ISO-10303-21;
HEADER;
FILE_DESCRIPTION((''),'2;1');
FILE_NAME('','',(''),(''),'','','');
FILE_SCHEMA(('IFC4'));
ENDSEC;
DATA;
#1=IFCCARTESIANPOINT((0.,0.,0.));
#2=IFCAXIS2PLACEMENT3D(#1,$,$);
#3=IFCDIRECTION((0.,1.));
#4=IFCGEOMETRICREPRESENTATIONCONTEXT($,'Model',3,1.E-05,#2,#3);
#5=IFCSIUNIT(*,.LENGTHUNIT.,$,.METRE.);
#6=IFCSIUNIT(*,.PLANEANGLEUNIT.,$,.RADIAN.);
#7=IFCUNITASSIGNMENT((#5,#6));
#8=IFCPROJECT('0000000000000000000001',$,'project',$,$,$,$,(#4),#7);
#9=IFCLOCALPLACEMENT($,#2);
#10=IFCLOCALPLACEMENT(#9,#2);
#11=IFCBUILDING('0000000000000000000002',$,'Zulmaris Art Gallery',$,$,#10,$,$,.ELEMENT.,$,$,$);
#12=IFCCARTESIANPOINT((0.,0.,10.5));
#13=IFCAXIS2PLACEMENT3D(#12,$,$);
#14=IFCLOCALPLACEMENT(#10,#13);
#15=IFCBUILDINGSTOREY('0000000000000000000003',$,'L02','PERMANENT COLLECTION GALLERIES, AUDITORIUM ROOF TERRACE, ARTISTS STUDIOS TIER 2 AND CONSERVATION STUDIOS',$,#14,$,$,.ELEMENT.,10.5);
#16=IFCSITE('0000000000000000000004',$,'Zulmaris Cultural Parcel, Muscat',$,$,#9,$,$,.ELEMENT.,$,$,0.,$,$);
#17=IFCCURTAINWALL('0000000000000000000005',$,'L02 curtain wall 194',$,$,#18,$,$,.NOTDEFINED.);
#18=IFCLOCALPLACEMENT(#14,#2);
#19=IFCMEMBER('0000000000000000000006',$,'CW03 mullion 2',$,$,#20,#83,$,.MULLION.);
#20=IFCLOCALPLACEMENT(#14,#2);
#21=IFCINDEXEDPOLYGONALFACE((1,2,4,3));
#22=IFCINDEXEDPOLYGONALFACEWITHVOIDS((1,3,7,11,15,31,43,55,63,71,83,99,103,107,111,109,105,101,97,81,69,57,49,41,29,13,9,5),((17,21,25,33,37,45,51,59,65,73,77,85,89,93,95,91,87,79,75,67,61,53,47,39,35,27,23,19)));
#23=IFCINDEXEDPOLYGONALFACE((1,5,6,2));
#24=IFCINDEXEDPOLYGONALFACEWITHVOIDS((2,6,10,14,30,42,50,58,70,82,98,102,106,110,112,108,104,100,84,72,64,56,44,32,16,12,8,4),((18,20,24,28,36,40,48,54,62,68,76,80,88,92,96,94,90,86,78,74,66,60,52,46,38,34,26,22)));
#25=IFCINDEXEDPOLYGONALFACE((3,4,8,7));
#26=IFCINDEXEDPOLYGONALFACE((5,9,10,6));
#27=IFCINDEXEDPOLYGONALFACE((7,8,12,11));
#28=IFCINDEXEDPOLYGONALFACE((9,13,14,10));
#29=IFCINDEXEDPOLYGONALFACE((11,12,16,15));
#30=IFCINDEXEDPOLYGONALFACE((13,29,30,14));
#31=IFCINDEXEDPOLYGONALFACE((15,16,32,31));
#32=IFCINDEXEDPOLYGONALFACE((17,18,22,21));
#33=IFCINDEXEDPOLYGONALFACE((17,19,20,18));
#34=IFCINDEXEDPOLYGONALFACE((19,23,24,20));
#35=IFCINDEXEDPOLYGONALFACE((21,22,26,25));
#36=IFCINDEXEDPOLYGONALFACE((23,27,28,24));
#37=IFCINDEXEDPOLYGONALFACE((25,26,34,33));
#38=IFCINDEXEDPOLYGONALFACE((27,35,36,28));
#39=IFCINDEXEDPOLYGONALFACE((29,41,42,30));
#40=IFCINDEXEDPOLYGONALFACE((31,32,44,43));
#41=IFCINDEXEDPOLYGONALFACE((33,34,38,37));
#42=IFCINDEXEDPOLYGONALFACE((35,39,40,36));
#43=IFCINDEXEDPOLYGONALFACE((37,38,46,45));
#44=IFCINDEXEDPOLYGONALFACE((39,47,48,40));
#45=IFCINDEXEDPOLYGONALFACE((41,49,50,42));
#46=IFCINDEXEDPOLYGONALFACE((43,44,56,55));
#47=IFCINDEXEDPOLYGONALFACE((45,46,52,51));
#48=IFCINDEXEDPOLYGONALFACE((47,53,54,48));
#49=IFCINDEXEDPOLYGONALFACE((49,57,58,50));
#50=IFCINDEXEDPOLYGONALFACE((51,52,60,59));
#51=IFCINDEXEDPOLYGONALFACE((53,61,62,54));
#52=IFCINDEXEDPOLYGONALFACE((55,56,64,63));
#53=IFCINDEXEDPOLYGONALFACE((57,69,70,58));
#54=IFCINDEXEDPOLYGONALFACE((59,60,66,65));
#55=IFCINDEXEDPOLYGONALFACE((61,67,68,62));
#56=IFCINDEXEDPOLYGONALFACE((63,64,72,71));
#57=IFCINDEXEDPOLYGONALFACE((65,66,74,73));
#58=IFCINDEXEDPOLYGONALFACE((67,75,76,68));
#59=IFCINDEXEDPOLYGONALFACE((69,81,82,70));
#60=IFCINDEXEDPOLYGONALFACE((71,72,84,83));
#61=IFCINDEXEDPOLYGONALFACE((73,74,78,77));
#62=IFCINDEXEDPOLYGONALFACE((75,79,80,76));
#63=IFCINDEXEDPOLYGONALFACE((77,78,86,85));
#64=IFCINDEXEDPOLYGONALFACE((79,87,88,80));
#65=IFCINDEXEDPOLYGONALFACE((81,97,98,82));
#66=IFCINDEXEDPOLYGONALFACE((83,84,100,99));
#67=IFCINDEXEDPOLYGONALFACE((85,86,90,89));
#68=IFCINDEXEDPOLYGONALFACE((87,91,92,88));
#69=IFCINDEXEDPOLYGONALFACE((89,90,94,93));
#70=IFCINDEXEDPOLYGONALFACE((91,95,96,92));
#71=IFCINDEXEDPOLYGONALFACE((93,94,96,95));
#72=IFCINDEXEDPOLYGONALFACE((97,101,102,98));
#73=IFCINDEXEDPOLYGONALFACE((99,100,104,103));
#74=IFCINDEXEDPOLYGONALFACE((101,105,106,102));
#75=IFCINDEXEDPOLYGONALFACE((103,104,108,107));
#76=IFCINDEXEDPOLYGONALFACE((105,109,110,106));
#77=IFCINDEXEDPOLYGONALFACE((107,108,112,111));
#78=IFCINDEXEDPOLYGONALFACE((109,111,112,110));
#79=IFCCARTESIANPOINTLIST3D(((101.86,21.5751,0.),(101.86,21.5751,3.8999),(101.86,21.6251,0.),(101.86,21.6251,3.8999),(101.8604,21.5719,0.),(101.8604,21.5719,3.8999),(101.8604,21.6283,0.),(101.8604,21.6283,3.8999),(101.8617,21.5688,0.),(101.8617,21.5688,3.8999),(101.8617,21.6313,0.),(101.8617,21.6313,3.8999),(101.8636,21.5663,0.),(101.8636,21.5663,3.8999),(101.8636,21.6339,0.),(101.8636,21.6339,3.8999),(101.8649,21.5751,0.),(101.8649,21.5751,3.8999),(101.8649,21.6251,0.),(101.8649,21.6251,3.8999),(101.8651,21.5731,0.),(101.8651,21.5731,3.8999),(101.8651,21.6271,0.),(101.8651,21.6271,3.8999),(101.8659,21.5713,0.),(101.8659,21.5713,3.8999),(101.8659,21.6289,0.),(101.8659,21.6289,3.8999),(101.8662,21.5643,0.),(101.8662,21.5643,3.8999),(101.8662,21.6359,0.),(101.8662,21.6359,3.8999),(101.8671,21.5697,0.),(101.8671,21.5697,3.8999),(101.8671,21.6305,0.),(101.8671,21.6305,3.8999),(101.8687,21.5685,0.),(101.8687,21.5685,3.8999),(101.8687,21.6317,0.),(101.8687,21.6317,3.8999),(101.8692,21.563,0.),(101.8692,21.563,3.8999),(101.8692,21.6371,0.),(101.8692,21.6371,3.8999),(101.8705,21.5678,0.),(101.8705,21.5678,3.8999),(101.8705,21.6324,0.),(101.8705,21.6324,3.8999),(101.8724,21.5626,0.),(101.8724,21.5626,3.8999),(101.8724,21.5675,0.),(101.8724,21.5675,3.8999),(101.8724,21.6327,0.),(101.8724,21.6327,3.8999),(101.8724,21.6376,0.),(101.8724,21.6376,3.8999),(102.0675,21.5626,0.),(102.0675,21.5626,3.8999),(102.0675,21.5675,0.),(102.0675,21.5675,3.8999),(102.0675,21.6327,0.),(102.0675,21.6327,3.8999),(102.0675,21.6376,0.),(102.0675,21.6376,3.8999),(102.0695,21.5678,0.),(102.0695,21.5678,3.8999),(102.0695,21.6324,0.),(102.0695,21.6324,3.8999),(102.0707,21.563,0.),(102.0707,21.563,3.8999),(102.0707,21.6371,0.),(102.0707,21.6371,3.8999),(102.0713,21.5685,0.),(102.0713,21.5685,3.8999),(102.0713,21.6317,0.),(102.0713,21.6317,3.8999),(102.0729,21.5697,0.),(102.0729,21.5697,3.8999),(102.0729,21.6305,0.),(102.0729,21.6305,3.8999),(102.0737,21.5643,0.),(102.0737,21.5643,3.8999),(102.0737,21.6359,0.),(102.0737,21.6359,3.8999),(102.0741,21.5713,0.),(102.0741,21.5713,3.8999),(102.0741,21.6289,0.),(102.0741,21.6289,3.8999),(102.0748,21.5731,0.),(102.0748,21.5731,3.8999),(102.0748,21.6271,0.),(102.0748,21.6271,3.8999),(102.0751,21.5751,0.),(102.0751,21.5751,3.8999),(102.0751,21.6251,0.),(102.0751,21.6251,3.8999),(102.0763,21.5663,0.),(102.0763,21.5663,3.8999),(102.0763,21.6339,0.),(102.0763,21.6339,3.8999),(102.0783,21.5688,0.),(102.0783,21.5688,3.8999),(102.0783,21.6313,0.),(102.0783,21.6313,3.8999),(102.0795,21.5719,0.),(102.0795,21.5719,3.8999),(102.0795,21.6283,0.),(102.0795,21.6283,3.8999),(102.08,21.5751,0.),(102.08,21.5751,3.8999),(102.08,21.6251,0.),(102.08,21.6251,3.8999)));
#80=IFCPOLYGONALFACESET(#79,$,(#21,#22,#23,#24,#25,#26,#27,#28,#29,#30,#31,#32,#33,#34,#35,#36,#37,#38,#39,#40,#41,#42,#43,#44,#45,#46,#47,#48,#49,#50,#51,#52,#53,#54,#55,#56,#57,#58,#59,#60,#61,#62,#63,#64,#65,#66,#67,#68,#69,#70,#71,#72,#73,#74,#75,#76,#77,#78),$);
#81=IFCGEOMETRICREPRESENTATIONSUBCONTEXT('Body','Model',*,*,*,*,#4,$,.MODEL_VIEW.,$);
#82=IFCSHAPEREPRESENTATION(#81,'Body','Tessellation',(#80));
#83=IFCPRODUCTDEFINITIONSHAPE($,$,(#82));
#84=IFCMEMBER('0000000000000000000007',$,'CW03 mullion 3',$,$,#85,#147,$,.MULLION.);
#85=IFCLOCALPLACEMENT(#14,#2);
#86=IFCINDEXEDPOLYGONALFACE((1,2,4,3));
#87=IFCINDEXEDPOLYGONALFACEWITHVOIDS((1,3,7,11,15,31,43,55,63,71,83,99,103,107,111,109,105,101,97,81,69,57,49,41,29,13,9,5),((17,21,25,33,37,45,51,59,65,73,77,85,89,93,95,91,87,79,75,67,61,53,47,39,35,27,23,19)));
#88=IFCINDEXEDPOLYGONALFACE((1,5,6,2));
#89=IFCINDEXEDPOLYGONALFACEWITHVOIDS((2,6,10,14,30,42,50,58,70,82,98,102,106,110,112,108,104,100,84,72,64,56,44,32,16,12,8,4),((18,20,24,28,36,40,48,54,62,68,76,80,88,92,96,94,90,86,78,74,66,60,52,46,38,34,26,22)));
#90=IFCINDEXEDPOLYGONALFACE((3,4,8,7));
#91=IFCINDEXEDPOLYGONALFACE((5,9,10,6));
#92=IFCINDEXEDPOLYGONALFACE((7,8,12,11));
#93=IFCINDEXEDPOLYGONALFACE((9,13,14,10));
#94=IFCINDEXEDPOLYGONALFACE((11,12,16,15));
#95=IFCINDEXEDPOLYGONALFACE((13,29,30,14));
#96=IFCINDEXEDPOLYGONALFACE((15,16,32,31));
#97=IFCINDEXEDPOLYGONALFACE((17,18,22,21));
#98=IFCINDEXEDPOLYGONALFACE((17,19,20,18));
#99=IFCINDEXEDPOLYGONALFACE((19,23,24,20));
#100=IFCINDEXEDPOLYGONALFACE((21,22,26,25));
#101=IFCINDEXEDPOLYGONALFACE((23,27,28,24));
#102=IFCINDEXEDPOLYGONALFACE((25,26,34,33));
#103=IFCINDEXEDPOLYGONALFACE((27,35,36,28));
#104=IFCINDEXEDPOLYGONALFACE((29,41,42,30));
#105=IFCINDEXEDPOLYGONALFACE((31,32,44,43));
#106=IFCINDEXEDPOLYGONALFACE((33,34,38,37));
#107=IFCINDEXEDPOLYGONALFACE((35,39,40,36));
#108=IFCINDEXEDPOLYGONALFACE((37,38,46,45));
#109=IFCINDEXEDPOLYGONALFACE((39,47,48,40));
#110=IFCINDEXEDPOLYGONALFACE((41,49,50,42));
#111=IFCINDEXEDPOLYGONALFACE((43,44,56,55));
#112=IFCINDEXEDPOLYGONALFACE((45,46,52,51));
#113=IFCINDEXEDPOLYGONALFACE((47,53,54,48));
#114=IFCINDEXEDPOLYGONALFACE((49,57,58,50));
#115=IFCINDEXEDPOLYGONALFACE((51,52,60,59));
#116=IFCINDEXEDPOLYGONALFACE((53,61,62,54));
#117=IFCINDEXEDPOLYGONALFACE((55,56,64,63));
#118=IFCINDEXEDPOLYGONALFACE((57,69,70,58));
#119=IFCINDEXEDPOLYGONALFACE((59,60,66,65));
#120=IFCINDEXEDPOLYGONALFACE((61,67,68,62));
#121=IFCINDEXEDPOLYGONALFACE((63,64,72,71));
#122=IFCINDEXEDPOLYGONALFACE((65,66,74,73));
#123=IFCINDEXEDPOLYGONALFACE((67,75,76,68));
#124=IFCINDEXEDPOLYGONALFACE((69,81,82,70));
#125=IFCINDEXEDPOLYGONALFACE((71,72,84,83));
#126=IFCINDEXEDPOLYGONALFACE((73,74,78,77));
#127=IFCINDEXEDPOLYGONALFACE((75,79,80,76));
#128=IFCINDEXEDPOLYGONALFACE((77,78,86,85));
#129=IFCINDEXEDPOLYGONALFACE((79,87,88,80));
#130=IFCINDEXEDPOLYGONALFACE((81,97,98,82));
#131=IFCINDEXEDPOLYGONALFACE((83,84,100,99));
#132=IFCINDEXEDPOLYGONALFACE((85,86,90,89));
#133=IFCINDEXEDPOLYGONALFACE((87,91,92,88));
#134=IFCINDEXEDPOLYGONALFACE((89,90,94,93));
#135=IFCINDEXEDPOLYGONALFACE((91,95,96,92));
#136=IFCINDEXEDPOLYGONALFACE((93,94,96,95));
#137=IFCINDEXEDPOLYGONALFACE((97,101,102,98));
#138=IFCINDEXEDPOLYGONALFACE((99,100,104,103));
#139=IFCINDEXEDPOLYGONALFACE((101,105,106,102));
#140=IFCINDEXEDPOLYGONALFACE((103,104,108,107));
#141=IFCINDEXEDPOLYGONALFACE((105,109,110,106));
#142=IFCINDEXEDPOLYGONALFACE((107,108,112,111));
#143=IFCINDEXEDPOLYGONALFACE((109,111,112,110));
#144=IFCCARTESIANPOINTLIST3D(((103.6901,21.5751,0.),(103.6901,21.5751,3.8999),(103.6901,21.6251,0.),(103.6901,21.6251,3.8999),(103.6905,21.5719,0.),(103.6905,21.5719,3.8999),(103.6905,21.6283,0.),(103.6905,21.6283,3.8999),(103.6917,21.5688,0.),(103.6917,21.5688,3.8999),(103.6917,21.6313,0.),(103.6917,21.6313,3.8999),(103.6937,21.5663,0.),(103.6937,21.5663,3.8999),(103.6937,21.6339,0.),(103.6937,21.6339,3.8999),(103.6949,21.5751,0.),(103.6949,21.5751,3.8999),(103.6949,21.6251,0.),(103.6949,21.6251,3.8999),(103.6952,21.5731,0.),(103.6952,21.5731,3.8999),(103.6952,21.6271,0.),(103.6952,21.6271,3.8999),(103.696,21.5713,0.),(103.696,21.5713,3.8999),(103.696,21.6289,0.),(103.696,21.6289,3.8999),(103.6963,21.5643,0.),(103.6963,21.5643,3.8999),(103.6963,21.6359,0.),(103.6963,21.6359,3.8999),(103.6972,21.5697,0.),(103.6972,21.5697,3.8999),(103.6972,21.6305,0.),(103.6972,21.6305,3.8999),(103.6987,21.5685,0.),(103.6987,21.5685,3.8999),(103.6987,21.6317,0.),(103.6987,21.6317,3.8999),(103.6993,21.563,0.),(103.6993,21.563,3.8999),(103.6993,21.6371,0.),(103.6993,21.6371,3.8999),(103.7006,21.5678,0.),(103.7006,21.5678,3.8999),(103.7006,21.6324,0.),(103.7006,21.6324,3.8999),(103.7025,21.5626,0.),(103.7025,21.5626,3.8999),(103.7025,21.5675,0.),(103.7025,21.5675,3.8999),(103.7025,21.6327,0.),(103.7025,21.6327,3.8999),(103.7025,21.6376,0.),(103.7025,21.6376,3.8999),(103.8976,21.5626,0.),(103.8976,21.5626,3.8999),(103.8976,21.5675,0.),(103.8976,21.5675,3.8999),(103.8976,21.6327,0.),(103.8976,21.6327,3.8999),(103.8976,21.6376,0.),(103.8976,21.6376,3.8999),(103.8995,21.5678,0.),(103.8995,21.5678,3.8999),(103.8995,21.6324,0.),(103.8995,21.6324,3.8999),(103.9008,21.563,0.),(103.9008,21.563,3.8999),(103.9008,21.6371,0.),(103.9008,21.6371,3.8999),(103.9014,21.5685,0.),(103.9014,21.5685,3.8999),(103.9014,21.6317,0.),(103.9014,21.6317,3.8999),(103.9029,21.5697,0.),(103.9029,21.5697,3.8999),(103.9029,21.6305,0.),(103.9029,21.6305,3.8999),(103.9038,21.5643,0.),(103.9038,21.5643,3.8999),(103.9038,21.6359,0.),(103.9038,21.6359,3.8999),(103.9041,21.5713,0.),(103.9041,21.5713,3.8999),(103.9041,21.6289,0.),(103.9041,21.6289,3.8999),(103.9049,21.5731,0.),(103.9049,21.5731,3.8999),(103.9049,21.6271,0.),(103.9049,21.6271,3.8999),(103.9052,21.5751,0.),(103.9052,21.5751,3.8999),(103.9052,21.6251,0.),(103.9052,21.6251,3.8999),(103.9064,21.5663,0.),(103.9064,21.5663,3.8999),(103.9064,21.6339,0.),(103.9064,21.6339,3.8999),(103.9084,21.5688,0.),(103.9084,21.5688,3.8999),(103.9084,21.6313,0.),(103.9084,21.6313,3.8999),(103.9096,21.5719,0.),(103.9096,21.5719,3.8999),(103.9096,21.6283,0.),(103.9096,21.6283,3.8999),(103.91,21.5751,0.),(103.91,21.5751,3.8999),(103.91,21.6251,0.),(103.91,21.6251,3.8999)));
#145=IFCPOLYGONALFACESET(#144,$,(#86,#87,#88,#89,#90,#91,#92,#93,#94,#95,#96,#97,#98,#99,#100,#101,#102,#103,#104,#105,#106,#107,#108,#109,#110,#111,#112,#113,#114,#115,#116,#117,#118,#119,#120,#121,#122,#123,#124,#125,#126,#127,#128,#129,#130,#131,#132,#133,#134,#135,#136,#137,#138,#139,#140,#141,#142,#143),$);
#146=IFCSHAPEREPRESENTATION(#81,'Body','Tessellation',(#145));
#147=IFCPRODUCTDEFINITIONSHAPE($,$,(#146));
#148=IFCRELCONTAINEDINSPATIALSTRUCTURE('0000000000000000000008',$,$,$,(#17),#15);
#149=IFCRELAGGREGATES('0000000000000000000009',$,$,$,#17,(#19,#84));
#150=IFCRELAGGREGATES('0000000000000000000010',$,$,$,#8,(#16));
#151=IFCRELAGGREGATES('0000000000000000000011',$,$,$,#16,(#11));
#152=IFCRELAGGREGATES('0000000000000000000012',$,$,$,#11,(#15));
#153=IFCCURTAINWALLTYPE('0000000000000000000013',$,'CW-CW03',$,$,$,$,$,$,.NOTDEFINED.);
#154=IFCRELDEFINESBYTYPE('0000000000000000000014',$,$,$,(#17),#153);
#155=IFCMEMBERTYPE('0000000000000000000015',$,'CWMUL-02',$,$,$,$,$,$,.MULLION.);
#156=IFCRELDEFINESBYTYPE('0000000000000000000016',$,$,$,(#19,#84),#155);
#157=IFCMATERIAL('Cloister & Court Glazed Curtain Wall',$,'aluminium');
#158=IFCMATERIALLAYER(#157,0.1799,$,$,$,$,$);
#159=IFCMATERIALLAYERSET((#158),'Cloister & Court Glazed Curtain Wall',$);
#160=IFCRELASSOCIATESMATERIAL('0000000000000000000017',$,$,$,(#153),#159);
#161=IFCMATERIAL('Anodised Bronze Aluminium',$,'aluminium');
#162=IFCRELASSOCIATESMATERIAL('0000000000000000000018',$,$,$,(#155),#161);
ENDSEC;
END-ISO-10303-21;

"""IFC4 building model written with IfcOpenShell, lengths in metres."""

from ifc_helpers import new_model, si_unit, direction, frame, origin, origin_2d, place, context, subcontext, project, spatial, hollow_rectangle, extrude, material, layer, layer_set, material_profile, profile_set, type_object, element, aggregate, save


model = new_model("IFC4")

# Units and contexts
model_context = context("Model", 3, precision=1e-05, world=origin(), true_north=direction((0.0, 1.0)))
body_context = subcontext(model_context, "Body", "Model", "MODEL_VIEW")
ifc_project = project(units=[si_unit("LENGTHUNIT", "METRE"), si_unit("PLANEANGLEUNIT", "RADIAN")], contexts=[model_context])

# Site, building, storey
site_placement = place(None, origin())
site = spatial("IfcSite", under=ifc_project, at=site_placement, Name="Zulmaris Cultural Parcel, Muscat", CompositionType="ELEMENT", RefElevation=0.0)
building_placement = place(site_placement, origin())
building = spatial("IfcBuilding", under=site, at=building_placement, Name="Zulmaris Art Gallery", CompositionType="ELEMENT")
storey_placement = place(building_placement, frame((0.0, 0.0, 10.5)))
storey = spatial("IfcBuildingStorey", under=building, at=storey_placement, Name="L02", Description="PERMANENT COLLECTION GALLERIES, AUDITORIUM ROOF TERRACE, ARTISTS STUDIOS TIER 2 AND CONSERVATION STUDIOS", CompositionType="ELEMENT", Elevation=10.5)

# Shared definitions
ifc_material_1 = material(Name="Cloister & Court Glazed Curtain Wall", Category="aluminium")
ifc_layer_1 = layer(ifc_material_1, 0.1799)
ifc_layer_set_1 = layer_set([ifc_layer_1], Name="Cloister & Court Glazed Curtain Wall")
curtain_wall_type = type_object("IfcCurtainWallType", Name="CW-CW03", PredefinedType="NOTDEFINED", material=ifc_layer_set_1)
ifc_material_2 = material(Name="Anodised Bronze Aluminium", Category="aluminium")
ifc_material_profile_1 = material_profile(ifc_material_2, hollow_rectangle(XDim=0.075, YDim=0.22, WallThickness=0.0049, InnerFilletRadius=0.0076, OuterFilletRadius=0.0125, at=origin_2d()), Name="ALU 75x220x5")
ifc_profile_set_1 = profile_set([ifc_material_profile_1], Name="Anodised Bronze Aluminium")
member_type_1 = type_object("IfcMemberType", Name="CWMUL-02", PredefinedType="MULLION", material=ifc_profile_set_1)

# Curtain wall, members
curtain_wall_1_placement = place(storey_placement, origin())
curtain_wall_1 = element("IfcCurtainWall", 1, at=curtain_wall_1_placement, inside=storey, type_object=curtain_wall_type, Name="L02 curtain wall 194", PredefinedType="NOTDEFINED")
member_1_placement = place(storey_placement, frame((101.97, 21.6001, 0.0), z_axis=(0.0, 0.0, 1.0), x_axis=(0.0, 1.0, 0.0)))
member_1 = element("IfcMember", 2, at=member_1_placement, type_object=member_type_1, Name="CW03 mullion 2", PredefinedType="MULLION", context=body_context, shape_type="SweptSolid", body=[
    extrude(hollow_rectangle(XDim=0.075, YDim=0.22, WallThickness=0.0049, InnerFilletRadius=0.0076, OuterFilletRadius=0.0125, at=origin_2d()), origin(), (0.0, 0.0, 1.0), 3.8999),
])
member_2_placement = place(storey_placement, frame((103.8, 21.6001, 0.0), z_axis=(0.0, 0.0, 1.0), x_axis=(0.0, 1.0, 0.0)))
member_2 = element("IfcMember", 3, at=member_2_placement, type_object=member_type_1, Name="CW03 mullion 3", PredefinedType="MULLION", context=body_context, shape_type="SweptSolid", body=[
    extrude(hollow_rectangle(XDim=0.075, YDim=0.22, WallThickness=0.0049, InnerFilletRadius=0.0076, OuterFilletRadius=0.0125, at=origin_2d()), origin(), (0.0, 0.0, 1.0), 3.8999),
])
aggregate(curtain_wall_1, [member_1, member_2])

save(model, "model.ifc")
